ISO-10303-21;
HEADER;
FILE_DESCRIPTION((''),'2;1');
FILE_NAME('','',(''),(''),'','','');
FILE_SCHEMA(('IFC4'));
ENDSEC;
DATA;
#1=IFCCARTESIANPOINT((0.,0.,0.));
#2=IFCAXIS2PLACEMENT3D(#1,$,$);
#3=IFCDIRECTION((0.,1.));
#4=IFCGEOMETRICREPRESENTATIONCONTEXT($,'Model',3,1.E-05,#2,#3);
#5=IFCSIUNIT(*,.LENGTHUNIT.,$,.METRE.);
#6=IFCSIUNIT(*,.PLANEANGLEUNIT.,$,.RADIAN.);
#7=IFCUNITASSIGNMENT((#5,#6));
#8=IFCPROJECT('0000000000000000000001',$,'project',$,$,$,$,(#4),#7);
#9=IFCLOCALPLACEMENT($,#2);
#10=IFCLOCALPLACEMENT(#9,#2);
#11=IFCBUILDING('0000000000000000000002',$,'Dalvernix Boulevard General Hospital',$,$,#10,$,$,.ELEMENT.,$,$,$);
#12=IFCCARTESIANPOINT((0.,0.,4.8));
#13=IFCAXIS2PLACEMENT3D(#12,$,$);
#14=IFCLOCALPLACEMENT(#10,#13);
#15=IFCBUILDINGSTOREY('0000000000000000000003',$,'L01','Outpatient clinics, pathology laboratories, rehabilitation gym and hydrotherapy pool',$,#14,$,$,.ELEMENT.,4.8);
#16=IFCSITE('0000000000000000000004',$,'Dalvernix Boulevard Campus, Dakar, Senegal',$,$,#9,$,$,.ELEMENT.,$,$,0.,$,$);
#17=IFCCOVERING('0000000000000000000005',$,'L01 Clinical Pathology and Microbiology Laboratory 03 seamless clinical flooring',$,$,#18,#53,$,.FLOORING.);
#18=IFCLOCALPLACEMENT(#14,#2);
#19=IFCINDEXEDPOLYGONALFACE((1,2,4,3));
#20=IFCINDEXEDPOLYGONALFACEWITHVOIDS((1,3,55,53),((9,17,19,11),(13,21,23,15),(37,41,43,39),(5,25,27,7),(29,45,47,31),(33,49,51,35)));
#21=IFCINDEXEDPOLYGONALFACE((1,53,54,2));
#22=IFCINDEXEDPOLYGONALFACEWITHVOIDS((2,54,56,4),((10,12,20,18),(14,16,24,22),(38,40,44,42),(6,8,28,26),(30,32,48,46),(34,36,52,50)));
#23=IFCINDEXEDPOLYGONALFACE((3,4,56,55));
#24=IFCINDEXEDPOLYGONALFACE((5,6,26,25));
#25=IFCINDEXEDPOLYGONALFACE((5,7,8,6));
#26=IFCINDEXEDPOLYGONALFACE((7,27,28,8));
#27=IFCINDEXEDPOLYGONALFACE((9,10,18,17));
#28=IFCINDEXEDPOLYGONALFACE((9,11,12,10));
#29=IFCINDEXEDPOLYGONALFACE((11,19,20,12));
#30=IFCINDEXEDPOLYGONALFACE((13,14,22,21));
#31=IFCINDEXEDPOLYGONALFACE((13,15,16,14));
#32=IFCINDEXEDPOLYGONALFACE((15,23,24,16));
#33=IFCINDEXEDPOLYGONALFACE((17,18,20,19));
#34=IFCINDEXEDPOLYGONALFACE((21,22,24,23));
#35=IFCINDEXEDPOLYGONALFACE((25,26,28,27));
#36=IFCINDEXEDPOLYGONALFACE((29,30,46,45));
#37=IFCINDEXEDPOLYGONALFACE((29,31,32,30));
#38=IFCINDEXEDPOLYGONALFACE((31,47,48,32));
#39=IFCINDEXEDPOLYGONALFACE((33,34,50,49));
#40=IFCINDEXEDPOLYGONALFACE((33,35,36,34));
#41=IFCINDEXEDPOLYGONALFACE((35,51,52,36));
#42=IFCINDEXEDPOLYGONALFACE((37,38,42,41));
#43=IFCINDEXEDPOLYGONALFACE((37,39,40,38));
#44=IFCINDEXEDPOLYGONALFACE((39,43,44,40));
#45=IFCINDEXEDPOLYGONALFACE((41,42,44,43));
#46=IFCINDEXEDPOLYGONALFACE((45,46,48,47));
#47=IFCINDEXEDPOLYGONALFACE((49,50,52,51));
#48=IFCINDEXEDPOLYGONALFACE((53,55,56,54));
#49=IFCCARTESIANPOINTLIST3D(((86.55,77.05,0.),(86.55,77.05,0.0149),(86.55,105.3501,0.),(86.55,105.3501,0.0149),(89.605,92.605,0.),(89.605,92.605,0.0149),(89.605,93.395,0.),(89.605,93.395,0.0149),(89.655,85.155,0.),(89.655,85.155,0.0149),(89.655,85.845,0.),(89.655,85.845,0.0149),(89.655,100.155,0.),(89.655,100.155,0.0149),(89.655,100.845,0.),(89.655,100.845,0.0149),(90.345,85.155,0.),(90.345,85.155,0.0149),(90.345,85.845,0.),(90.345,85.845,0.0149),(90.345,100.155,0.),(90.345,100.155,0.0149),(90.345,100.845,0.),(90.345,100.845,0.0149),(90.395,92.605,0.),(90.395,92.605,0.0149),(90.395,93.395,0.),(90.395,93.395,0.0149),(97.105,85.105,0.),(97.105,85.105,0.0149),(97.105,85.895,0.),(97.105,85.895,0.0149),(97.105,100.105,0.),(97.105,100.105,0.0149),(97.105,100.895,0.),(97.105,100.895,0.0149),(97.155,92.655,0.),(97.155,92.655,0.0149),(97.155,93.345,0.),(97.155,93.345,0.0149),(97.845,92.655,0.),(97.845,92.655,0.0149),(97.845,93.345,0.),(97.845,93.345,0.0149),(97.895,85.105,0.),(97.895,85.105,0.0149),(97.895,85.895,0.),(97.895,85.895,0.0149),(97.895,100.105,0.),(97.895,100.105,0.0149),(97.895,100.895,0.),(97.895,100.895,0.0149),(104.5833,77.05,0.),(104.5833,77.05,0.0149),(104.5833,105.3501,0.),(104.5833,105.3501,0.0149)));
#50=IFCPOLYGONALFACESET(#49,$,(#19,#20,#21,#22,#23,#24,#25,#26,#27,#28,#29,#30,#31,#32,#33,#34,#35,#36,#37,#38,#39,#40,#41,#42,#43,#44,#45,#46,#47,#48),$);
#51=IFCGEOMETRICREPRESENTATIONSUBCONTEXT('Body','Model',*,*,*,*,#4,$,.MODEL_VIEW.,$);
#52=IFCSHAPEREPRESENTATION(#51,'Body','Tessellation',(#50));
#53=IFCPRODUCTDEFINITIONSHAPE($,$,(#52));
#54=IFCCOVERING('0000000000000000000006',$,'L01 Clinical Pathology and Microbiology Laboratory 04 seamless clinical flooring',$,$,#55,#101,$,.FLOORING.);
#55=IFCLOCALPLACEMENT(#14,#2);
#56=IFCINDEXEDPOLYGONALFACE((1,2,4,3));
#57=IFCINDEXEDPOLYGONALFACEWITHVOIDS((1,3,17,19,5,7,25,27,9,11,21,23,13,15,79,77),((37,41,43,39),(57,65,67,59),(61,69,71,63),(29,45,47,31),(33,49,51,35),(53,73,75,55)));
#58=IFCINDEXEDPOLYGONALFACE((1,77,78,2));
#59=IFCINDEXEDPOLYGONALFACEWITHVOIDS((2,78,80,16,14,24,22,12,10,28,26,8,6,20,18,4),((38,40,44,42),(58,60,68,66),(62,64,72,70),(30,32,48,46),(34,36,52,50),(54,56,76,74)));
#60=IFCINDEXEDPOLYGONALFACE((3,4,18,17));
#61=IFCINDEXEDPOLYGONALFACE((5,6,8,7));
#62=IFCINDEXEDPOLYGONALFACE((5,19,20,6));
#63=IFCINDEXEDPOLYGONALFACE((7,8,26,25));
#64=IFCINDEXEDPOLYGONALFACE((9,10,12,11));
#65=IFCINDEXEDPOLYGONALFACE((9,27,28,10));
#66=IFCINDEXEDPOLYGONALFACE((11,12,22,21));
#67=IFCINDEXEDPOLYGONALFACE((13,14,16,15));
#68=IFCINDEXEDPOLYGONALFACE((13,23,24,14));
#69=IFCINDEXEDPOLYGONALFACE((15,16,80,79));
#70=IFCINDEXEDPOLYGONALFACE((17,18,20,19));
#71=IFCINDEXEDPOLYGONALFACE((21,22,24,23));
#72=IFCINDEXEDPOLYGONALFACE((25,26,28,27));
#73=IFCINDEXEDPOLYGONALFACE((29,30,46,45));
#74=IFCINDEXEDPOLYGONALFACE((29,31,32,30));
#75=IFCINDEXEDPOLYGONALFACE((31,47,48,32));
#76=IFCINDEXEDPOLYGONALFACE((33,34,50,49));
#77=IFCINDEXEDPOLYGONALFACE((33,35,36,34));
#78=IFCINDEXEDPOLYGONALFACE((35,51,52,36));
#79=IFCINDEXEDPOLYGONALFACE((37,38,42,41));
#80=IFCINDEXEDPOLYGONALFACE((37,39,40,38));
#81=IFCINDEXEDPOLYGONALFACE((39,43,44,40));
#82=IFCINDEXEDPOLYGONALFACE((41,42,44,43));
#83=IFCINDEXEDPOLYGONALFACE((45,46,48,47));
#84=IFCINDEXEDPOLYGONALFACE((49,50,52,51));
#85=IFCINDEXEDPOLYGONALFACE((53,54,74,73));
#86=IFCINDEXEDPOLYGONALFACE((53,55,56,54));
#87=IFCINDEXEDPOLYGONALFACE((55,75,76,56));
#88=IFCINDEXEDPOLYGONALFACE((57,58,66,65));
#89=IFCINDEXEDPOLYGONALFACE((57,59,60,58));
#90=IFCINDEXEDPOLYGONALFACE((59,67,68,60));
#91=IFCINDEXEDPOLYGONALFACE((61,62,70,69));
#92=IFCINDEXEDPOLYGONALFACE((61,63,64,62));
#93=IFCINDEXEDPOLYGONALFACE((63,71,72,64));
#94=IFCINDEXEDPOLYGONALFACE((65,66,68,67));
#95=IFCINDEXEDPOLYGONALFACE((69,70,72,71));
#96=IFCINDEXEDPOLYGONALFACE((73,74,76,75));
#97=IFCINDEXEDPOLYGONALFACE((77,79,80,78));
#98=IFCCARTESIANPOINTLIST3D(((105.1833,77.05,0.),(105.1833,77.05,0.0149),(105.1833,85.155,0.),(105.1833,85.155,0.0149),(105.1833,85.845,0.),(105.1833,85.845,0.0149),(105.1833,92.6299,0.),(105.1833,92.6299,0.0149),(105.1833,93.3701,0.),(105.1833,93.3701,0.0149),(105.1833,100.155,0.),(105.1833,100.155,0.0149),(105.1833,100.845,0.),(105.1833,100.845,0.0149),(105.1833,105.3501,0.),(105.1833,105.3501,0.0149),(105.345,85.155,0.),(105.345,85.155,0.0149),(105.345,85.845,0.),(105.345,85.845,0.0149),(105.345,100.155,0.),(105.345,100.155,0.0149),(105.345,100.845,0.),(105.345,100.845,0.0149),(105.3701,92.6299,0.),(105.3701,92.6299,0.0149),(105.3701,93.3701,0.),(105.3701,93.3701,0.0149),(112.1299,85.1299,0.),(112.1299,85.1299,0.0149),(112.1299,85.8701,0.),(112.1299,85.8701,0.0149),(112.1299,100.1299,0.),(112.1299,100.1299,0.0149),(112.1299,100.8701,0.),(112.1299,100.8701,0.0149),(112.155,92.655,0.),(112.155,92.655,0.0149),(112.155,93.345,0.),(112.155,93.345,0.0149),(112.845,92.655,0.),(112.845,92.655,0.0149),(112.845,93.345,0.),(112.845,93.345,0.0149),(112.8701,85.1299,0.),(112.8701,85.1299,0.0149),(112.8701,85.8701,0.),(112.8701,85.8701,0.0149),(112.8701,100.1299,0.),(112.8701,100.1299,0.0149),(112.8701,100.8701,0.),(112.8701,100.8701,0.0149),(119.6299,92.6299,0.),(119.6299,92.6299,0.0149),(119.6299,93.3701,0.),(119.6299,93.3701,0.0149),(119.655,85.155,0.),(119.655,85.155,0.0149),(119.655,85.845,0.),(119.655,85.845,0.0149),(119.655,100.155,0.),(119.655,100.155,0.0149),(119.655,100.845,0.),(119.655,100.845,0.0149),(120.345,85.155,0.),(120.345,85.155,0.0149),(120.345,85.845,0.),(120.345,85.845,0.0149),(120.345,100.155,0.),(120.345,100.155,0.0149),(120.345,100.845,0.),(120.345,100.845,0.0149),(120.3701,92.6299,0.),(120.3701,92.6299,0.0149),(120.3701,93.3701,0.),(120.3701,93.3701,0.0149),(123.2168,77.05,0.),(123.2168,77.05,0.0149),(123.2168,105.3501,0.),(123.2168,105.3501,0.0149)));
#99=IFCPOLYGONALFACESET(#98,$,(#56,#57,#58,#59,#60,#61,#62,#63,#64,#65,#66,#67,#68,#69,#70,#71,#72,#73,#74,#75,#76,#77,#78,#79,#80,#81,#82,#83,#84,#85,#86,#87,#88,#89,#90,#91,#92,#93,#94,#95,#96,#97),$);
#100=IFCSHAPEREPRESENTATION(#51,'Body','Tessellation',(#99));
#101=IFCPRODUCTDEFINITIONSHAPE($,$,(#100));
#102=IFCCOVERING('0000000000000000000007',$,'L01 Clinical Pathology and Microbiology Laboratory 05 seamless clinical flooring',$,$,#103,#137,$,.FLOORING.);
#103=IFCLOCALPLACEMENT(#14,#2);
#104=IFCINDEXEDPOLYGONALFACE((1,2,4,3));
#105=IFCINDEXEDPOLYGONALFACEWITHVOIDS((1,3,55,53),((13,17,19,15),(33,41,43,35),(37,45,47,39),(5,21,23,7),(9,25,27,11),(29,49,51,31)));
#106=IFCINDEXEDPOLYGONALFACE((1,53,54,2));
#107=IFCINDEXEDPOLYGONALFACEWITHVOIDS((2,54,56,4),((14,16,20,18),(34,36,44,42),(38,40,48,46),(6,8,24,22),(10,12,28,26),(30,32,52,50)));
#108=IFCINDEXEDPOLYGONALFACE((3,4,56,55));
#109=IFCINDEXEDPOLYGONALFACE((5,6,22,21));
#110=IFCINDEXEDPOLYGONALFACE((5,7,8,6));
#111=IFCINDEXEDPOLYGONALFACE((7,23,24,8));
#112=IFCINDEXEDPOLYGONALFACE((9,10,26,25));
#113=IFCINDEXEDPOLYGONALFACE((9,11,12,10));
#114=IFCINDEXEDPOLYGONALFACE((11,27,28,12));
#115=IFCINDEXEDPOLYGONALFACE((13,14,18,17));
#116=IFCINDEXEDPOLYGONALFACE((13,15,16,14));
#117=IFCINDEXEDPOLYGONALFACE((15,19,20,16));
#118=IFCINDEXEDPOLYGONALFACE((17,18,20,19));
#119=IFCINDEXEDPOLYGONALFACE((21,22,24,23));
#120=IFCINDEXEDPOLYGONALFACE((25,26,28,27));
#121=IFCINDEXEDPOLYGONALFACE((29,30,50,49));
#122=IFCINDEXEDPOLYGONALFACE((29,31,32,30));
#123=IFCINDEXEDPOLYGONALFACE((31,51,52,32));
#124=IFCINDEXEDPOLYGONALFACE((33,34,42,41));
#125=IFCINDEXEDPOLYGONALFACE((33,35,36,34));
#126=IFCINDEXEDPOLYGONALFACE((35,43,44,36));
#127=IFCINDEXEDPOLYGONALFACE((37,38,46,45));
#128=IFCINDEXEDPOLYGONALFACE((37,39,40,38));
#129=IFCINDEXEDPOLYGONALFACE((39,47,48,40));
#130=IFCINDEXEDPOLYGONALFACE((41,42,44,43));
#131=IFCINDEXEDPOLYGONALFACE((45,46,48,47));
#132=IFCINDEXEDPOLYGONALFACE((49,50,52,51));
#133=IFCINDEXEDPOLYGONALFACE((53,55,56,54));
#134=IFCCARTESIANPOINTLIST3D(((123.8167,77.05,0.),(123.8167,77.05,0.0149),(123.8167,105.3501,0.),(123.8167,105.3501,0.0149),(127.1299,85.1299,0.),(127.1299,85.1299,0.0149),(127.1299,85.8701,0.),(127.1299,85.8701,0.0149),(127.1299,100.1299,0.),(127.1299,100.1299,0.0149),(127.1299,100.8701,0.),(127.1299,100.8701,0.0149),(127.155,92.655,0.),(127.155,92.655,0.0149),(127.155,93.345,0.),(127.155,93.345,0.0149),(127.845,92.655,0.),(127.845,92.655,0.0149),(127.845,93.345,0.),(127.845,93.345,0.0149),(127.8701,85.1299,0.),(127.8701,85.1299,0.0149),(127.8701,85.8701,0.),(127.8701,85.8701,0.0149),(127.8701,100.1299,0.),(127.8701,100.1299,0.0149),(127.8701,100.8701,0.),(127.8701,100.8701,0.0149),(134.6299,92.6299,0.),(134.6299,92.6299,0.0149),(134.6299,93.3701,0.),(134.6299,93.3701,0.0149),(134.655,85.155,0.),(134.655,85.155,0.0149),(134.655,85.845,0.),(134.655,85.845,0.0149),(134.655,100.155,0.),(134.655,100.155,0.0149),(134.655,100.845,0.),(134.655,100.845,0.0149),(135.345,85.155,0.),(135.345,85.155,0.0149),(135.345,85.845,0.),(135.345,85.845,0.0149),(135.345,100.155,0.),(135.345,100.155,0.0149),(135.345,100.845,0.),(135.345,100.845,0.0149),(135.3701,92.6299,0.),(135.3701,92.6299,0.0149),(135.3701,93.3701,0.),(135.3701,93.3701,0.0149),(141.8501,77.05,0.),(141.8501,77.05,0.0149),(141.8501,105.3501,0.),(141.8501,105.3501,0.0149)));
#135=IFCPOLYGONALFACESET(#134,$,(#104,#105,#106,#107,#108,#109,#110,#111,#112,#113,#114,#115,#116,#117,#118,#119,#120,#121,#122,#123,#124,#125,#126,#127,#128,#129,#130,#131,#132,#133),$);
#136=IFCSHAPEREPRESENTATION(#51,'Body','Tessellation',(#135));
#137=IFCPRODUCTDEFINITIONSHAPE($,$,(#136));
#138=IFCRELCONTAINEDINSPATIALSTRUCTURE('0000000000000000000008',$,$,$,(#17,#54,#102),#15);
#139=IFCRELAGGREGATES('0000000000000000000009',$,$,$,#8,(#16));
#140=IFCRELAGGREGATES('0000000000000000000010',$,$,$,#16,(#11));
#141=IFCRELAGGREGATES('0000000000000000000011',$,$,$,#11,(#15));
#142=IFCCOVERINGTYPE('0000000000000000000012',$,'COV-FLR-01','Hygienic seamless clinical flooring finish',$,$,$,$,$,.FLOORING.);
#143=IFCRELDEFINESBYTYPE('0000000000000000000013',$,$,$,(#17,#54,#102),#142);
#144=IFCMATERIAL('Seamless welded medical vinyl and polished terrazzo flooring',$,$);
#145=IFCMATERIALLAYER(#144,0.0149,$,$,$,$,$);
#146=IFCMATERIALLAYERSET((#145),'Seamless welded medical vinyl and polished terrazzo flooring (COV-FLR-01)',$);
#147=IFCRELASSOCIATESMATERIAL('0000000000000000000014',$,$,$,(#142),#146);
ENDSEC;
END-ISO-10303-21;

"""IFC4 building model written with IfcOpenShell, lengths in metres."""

from ifc_helpers import new_model, si_unit, direction, frame, origin, place, context, subcontext, project, spatial, polyline, outline, extrude, material, layer, layer_set, type_object, element, save


model = new_model("IFC4")

# Units and contexts
model_context = context("Model", 3, precision=1e-05, world=origin(), true_north=direction((0.0, 1.0)))
body_context = subcontext(model_context, "Body", "Model", "MODEL_VIEW")
ifc_project = project(units=[si_unit("LENGTHUNIT", "METRE"), si_unit("PLANEANGLEUNIT", "RADIAN")], contexts=[model_context])

# Site, building, storey
site_placement = place(None, origin())
site = spatial("IfcSite", under=ifc_project, at=site_placement, Name="Dalvernix Boulevard Campus, Dakar, Senegal", CompositionType="ELEMENT", RefElevation=0.0)
building_placement = place(site_placement, origin())
building = spatial("IfcBuilding", under=site, at=building_placement, Name="Dalvernix Boulevard General Hospital", CompositionType="ELEMENT")
storey_placement = place(building_placement, frame((0.0, 0.0, 4.8)))
storey = spatial("IfcBuildingStorey", under=building, at=storey_placement, Name="L01", Description="Outpatient clinics, pathology laboratories, rehabilitation gym and hydrotherapy pool", CompositionType="ELEMENT", Elevation=4.8)

# Coverings
ifc_material_1 = material(Name="Seamless welded medical vinyl and polished terrazzo flooring")
ifc_layer_1 = layer(ifc_material_1, 0.0149)
ifc_layer_set_1 = layer_set([ifc_layer_1], Name="Seamless welded medical vinyl and polished terrazzo flooring (COV-FLR-01)")
covering_type = type_object("IfcCoveringType", Name="COV-FLR-01", Description="Hygienic seamless clinical flooring finish", PredefinedType="FLOORING", material=ifc_layer_set_1)
covering_1_placement = place(storey_placement, origin())
element("IfcCovering", 1, at=covering_1_placement, inside=storey, type_object=covering_type, Name="L01 Clinical Pathology and Microbiology Laboratory 03 seamless clinical flooring", PredefinedType="FLOORING", context=body_context, shape_type="SweptSolid", body=[
    extrude(outline(polyline([(86.55, 105.3501), (104.5833, 105.3501), (104.5833, 77.05), (86.55, 77.05), (86.55, 105.3501)]), holes=[polyline([(89.655, 85.845), (89.655, 85.155), (90.345, 85.155), (90.345, 85.845), (89.655, 85.845)]), polyline([(90.395, 93.395), (89.605, 93.395), (89.605, 92.605), (90.395, 92.605), (90.395, 93.395)]), polyline([(90.345, 100.155), (90.345, 100.845), (89.655, 100.845), (89.655, 100.155), (90.345, 100.155)]), polyline([(97.105, 85.105), (97.895, 85.105), (97.895, 85.895), (97.105, 85.895), (97.105, 85.105)]), polyline([(97.155, 93.345), (97.155, 92.655), (97.845, 92.655), (97.845, 93.345), (97.155, 93.345)]), polyline([(97.895, 100.895), (97.105, 100.895), (97.105, 100.105), (97.895, 100.105), (97.895, 100.895)])]), origin(), (0.0, 0.0, 1.0), 0.0149),
])
covering_2_placement = place(storey_placement, origin())
element("IfcCovering", 2, at=covering_2_placement, inside=storey, type_object=covering_type, Name="L01 Clinical Pathology and Microbiology Laboratory 04 seamless clinical flooring", PredefinedType="FLOORING", context=body_context, shape_type="SweptSolid", body=[
    extrude(outline(polyline([(105.1833, 93.3701), (105.1833, 100.155), (105.345, 100.155), (105.345, 100.845), (105.1833, 100.845), (105.1833, 105.3501), (123.2168, 105.3501), (123.2168, 77.05), (105.1833, 77.05), (105.1833, 85.155), (105.345, 85.155), (105.345, 85.845), (105.1833, 85.845), (105.1833, 92.6299), (105.3701, 92.6299), (105.3701, 93.3701), (105.1833, 93.3701)]), holes=[polyline([(112.1299, 85.8701), (112.1299, 85.1299), (112.8701, 85.1299), (112.8701, 85.8701), (112.1299, 85.8701)]), polyline([(112.845, 93.345), (112.155, 93.345), (112.155, 92.655), (112.845, 92.655), (112.845, 93.345)]), polyline([(112.8701, 100.1299), (112.8701, 100.8701), (112.1299, 100.8701), (112.1299, 100.1299), (112.8701, 100.1299)]), polyline([(119.655, 85.155), (120.345, 85.155), (120.345, 85.845), (119.655, 85.845), (119.655, 85.155)]), polyline([(119.6299, 93.3701), (119.6299, 92.6299), (120.3701, 92.6299), (120.3701, 93.3701), (119.6299, 93.3701)]), polyline([(120.345, 100.845), (119.655, 100.845), (119.655, 100.155), (120.345, 100.155), (120.345, 100.845)])]), origin(), (0.0, 0.0, 1.0), 0.0149),
])
covering_3_placement = place(storey_placement, origin())
element("IfcCovering", 3, at=covering_3_placement, inside=storey, type_object=covering_type, Name="L01 Clinical Pathology and Microbiology Laboratory 05 seamless clinical flooring", PredefinedType="FLOORING", context=body_context, shape_type="SweptSolid", body=[
    extrude(outline(polyline([(123.8167, 105.3501), (141.8501, 105.3501), (141.8501, 77.05), (123.8167, 77.05), (123.8167, 105.3501)]), holes=[polyline([(127.1299, 85.8701), (127.1299, 85.1299), (127.8701, 85.1299), (127.8701, 85.8701), (127.1299, 85.8701)]), polyline([(127.845, 93.345), (127.155, 93.345), (127.155, 92.655), (127.845, 92.655), (127.845, 93.345)]), polyline([(127.8701, 100.1299), (127.8701, 100.8701), (127.1299, 100.8701), (127.1299, 100.1299), (127.8701, 100.1299)]), polyline([(134.655, 85.155), (135.345, 85.155), (135.345, 85.845), (134.655, 85.845), (134.655, 85.155)]), polyline([(134.6299, 93.3701), (134.6299, 92.6299), (135.3701, 92.6299), (135.3701, 93.3701), (134.6299, 93.3701)]), polyline([(135.345, 100.845), (134.655, 100.845), (134.655, 100.155), (135.345, 100.155), (135.345, 100.845)])]), origin(), (0.0, 0.0, 1.0), 0.0149),
])

save(model, "model.ifc")
